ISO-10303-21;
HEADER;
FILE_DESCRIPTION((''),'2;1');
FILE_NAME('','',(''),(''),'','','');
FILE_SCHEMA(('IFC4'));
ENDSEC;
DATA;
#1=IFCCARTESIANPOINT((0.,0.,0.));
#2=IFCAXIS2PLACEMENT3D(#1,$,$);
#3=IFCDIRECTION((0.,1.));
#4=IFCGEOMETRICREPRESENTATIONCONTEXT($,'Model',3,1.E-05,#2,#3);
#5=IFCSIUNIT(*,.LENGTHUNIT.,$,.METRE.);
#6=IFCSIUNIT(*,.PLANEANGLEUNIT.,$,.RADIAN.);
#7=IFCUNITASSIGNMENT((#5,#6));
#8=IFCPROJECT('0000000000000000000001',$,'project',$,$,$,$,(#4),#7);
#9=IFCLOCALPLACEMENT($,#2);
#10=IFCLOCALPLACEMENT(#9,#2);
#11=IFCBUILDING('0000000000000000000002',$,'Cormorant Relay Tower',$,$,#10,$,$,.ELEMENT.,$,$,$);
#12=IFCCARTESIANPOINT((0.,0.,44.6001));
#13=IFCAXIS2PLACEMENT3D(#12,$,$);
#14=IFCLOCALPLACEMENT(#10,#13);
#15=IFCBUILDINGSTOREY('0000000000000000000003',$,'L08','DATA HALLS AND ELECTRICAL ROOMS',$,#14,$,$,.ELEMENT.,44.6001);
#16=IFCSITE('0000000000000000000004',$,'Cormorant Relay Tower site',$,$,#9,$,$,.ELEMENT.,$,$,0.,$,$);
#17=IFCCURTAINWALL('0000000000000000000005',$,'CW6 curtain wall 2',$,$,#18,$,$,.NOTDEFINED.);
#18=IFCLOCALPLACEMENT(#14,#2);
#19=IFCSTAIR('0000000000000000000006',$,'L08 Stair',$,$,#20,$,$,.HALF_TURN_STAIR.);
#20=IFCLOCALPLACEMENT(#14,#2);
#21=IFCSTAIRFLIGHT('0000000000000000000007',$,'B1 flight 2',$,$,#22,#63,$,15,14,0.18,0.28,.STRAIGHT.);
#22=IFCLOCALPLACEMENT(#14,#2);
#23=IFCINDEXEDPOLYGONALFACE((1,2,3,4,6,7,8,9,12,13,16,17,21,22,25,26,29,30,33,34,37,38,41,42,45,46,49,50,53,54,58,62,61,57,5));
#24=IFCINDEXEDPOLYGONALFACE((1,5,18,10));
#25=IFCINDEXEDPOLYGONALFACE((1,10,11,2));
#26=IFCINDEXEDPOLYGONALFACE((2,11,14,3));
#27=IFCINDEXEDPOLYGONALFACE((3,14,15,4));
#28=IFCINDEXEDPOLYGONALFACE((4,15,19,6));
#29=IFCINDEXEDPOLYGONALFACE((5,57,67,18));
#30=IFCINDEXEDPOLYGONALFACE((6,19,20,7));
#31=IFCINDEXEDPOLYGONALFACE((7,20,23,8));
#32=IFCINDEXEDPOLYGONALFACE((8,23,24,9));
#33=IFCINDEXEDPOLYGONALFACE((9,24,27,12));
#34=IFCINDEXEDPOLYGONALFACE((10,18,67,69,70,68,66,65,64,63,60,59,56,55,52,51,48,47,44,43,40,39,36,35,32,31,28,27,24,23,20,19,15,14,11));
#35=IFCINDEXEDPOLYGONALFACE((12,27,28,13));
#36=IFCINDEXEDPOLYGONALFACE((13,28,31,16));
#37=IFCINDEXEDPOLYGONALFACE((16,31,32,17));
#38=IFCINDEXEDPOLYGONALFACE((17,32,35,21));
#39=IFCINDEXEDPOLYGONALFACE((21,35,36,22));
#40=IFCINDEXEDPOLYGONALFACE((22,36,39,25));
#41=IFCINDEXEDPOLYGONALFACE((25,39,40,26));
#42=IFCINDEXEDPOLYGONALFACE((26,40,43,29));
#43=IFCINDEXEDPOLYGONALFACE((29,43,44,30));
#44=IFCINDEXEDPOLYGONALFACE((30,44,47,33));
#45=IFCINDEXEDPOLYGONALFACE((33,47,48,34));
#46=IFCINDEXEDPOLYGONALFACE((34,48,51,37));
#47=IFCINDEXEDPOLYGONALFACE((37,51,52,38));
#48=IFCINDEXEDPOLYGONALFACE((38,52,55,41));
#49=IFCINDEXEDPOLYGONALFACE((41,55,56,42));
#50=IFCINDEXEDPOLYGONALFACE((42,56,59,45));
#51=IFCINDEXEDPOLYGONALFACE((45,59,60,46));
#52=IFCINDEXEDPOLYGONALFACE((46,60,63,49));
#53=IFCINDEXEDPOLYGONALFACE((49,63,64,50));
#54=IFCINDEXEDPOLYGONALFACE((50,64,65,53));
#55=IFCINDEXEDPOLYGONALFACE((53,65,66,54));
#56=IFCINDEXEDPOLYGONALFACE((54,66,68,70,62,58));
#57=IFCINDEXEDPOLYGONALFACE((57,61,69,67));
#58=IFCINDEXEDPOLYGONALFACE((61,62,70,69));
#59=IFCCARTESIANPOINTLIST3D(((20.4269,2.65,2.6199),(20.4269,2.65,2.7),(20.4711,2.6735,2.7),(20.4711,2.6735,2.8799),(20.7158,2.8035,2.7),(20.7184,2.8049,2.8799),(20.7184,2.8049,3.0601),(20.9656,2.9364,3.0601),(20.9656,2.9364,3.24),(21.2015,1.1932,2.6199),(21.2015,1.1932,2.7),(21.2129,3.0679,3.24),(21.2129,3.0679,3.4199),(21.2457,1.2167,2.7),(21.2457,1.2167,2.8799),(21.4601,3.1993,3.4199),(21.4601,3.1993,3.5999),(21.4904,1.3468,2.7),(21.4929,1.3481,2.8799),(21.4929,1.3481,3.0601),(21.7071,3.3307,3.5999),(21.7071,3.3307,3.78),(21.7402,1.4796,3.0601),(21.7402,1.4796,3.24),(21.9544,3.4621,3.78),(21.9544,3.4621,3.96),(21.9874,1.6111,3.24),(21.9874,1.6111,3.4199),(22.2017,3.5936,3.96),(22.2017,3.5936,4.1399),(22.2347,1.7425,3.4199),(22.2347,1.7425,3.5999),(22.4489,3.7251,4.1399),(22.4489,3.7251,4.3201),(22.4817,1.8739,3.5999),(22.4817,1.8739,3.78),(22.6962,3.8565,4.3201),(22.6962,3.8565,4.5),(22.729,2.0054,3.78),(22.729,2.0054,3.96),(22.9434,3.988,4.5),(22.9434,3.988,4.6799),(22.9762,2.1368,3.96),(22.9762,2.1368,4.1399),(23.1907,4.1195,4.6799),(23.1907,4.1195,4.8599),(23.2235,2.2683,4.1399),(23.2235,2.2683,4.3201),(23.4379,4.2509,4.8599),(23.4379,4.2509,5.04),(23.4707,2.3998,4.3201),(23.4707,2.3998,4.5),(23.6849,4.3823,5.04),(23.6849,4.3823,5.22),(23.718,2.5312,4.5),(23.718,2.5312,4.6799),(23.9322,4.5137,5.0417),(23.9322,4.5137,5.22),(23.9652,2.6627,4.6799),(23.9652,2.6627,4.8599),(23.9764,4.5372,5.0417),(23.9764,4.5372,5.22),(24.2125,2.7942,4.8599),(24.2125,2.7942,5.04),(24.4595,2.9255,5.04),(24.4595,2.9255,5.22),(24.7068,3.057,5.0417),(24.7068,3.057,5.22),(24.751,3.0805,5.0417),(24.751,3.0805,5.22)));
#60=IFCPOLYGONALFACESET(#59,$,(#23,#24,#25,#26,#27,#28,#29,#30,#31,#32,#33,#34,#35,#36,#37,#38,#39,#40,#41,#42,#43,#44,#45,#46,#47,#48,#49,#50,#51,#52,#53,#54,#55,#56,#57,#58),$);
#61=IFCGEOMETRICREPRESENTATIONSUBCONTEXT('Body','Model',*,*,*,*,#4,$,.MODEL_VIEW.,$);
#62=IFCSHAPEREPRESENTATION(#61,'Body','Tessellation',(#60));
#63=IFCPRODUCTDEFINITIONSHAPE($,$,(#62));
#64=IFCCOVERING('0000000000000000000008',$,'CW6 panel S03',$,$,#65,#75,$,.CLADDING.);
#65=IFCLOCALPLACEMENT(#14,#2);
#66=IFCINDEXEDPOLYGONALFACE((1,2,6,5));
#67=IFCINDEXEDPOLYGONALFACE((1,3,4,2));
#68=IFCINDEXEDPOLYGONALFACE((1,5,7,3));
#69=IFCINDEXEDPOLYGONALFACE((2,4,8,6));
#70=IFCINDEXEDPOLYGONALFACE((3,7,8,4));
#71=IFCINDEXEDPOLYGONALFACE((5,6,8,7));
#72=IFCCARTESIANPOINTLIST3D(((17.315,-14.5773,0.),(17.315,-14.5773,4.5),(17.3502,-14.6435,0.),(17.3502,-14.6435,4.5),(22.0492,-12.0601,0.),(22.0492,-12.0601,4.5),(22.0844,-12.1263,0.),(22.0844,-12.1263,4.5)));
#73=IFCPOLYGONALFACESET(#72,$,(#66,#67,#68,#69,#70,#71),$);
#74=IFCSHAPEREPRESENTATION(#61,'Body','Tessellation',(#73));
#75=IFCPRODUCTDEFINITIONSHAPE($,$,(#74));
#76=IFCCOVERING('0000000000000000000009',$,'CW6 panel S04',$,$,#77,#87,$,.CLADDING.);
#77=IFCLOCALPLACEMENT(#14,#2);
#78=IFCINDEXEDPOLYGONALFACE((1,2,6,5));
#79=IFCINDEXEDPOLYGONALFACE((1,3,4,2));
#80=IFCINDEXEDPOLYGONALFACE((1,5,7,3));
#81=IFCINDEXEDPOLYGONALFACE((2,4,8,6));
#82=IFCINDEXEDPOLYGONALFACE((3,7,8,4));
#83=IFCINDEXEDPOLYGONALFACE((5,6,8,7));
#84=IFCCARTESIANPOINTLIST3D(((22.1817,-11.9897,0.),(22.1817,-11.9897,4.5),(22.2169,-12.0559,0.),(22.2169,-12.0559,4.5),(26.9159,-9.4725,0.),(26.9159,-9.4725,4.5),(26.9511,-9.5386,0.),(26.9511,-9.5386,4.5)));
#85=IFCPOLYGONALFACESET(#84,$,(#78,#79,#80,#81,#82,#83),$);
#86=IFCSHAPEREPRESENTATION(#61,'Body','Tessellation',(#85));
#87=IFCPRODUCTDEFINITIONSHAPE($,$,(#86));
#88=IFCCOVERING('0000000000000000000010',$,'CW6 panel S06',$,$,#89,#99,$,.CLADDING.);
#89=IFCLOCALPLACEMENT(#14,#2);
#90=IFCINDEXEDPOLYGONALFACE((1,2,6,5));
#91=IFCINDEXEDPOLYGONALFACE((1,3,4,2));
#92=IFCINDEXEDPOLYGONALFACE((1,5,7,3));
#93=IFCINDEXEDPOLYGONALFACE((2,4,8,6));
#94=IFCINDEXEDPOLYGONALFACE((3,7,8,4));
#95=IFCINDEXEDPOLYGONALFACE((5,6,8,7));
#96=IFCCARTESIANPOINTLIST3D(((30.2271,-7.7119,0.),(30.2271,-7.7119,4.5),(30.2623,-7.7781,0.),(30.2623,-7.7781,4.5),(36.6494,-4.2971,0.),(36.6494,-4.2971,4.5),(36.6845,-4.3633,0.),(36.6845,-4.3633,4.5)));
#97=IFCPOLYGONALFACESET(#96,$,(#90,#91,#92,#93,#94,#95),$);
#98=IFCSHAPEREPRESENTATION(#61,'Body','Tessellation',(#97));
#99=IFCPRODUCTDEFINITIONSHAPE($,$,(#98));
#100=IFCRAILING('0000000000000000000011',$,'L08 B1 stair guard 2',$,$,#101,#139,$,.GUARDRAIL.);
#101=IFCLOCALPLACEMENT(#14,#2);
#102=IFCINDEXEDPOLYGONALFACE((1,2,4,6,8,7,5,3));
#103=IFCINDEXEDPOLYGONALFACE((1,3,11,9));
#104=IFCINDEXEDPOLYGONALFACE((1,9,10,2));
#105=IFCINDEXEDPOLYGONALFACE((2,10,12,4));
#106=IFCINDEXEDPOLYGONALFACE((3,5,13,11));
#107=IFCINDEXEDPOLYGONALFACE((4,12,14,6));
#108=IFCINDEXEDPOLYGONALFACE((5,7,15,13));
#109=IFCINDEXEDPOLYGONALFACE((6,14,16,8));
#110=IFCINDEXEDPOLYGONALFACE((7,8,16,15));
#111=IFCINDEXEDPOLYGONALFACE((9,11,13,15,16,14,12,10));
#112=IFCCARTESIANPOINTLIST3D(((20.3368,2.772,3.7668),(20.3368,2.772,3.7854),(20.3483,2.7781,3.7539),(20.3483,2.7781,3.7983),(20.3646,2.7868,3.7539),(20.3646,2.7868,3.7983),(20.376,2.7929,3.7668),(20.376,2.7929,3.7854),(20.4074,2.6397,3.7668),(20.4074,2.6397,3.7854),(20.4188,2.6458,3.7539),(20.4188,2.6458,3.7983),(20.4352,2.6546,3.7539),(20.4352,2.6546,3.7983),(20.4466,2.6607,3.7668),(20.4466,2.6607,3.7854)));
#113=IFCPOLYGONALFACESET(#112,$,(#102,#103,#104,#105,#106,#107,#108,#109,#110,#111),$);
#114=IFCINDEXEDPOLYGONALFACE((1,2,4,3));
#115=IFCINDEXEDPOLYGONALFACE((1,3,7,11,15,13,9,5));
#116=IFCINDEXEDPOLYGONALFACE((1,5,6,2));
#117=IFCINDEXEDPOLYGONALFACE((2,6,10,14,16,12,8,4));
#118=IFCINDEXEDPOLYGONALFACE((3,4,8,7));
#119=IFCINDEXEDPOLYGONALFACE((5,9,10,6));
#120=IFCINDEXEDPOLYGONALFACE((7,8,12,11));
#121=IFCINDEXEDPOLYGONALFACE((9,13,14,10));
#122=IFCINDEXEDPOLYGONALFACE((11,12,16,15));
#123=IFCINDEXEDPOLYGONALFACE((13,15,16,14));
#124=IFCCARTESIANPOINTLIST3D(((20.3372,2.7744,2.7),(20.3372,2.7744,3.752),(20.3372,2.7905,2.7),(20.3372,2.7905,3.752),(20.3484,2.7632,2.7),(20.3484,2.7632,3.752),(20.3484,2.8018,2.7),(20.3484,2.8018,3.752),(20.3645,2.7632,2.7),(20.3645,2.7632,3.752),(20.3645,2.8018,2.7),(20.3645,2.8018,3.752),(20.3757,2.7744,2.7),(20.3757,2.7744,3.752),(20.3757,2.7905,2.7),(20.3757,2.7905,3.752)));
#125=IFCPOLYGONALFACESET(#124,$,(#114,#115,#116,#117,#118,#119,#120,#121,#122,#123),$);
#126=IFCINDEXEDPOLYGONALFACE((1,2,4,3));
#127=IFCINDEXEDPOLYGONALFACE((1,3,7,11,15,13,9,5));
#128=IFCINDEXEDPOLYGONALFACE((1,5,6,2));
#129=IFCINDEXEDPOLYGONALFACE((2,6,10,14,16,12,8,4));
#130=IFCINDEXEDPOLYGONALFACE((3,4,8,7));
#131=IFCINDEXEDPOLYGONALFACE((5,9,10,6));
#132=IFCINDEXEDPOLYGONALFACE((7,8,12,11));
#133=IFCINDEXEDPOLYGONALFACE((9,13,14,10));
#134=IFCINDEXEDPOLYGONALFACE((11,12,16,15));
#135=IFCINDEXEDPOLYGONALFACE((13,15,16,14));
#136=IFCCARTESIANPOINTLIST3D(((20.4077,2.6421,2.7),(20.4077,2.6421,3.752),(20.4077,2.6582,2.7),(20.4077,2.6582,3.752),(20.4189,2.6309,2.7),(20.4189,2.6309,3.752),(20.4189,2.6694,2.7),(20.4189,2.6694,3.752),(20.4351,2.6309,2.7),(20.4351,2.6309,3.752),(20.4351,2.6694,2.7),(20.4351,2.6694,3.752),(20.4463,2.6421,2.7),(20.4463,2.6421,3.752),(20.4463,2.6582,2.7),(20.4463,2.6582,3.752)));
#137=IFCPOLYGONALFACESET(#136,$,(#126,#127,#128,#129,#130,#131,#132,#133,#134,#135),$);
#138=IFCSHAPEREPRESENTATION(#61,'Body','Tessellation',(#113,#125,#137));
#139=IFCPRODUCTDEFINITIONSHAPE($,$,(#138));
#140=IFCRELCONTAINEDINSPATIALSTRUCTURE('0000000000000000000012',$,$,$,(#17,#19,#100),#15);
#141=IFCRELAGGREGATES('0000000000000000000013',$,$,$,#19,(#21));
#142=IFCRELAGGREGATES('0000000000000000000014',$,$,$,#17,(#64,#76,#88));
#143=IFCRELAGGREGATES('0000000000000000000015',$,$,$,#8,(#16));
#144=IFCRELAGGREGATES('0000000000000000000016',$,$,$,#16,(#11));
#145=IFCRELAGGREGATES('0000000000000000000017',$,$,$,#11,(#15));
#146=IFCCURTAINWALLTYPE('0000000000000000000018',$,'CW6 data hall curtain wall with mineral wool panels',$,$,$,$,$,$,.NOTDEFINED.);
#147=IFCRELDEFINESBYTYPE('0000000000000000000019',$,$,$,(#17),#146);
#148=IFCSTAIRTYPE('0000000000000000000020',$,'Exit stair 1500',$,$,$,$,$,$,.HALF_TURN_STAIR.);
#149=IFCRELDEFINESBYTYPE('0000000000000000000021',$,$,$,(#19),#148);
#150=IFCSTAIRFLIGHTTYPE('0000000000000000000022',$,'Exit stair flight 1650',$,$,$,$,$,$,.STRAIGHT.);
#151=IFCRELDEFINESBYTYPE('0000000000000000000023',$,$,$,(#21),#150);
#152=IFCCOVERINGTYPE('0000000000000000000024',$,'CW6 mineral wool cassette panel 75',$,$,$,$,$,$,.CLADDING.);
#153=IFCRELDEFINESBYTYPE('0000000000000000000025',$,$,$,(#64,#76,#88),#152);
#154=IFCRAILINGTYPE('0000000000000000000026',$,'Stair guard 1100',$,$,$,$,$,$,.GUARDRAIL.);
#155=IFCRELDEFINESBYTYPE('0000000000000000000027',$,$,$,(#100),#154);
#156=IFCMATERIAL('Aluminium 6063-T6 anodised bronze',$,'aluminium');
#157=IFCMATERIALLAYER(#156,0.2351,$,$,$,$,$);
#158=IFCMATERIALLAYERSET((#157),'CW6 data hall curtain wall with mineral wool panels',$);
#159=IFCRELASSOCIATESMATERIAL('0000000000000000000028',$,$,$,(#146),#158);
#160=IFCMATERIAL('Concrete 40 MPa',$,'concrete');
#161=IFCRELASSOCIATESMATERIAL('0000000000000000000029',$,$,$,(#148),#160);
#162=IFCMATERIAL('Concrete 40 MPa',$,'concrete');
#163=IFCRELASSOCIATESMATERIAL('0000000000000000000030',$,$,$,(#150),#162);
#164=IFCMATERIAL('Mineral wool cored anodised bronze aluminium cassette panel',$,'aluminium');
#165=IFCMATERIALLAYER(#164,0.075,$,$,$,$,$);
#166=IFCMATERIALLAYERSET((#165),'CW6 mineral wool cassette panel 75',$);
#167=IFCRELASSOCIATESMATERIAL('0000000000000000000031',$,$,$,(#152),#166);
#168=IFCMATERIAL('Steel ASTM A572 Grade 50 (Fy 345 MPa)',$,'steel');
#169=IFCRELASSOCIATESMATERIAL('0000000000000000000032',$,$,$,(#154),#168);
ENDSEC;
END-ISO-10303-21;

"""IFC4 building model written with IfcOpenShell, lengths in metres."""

from ifc_helpers import new_model, si_unit, direction, frame, origin, origin_2d, place, context, subcontext, project, spatial, polyline, rectangle, outline, extrude, material, layer, layer_set, type_object, element, aggregate, save


model = new_model("IFC4")

# Units and contexts
model_context = context("Model", 3, precision=1e-05, world=origin(), true_north=direction((0.0, 1.0)))
body_context = subcontext(model_context, "Body", "Model", "MODEL_VIEW")
ifc_project = project(units=[si_unit("LENGTHUNIT", "METRE"), si_unit("PLANEANGLEUNIT", "RADIAN")], contexts=[model_context])

# Site, building, storey
site_placement = place(None, origin())
site = spatial("IfcSite", under=ifc_project, at=site_placement, Name="Cormorant Relay Tower site", CompositionType="ELEMENT", RefElevation=0.0)
building_placement = place(site_placement, origin())
building = spatial("IfcBuilding", under=site, at=building_placement, Name="Cormorant Relay Tower", CompositionType="ELEMENT")
storey_placement = place(building_placement, frame((0.0, 0.0, 44.6001)))
storey = spatial("IfcBuildingStorey", under=building, at=storey_placement, Name="L08", Description="DATA HALLS AND ELECTRICAL ROOMS", CompositionType="ELEMENT", Elevation=44.6001)

# Curtain wall
ifc_material_1 = material(Name="Aluminium 6063-T6 anodised bronze", Category="aluminium")
ifc_layer_1 = layer(ifc_material_1, 0.2351)
ifc_layer_set_1 = layer_set([ifc_layer_1], Name="CW6 data hall curtain wall with mineral wool panels")
curtain_wall_type = type_object("IfcCurtainWallType", Name="CW6 data hall curtain wall with mineral wool panels", PredefinedType="NOTDEFINED", material=ifc_layer_set_1)
curtain_wall_placement = place(storey_placement, origin())
curtain_wall = element("IfcCurtainWall", 1, at=curtain_wall_placement, inside=storey, type_object=curtain_wall_type, Name="CW6 curtain wall 2", PredefinedType="NOTDEFINED")

# Stair, stair flight
ifc_material_2 = material(Name="Concrete 40 MPa", Category="concrete")
stair_type = type_object("IfcStairType", Name="Exit stair 1500", PredefinedType="HALF_TURN_STAIR", material=ifc_material_2)
stair_placement = place(storey_placement, origin())
stair = element("IfcStair", 2, at=stair_placement, inside=storey, type_object=stair_type, Name="L08 Stair", PredefinedType="HALF_TURN_STAIR")
ifc_material_3 = material(Name="Concrete 40 MPa", Category="concrete")
stair_flight_type = type_object("IfcStairFlightType", Name="Exit stair flight 1650", PredefinedType="STRAIGHT", material=ifc_material_3)
stair_flight_placement = place(storey_placement, frame((20.8584, 1.9451, 2.7), z_axis=(0.0, 0.0, 1.0), x_axis=(0.882948, 0.469472, 0.0)))
stair_flight = element("IfcStairFlight", 3, at=stair_flight_placement, type_object=stair_flight_type, Name="B1 flight 2", NumberOfRisers=15, NumberOfTreads=14, PredefinedType="STRAIGHT", RiserHeight=0.18, TreadLength=0.28, context=body_context, shape_type="SweptSolid", body=[
    extrude(outline(polyline([(-0.05, -0.0801), (-0.05, 0.0), (0.0, 0.0), (0.0, 0.1799), (0.28, 0.1799), (0.28, 0.3601), (0.5601, 0.3601), (0.5601, 0.54), (0.8401, 0.54), (0.8401, 0.72), (1.1201, 0.72), (1.1201, 0.8999), (1.3999, 0.8999), (1.3999, 1.0801), (1.6799, 1.0801), (1.6799, 1.26), (1.96, 1.26), (1.96, 1.4399), (2.24, 1.4399), (2.24, 1.6201), (2.52, 1.6201), (2.52, 1.8), (2.8, 1.8), (2.8, 1.98), (3.0801, 1.98), (3.0801, 2.1599), (3.3601, 2.1599), (3.3601, 2.3401), (3.6399, 2.3401), (3.6399, 2.52), (3.9199, 2.52), (3.97, 2.52), (3.97, 2.3418), (3.9199, 2.3418), (0.2771, 0.0), (-0.05, -0.0801)])), frame((0.0, 0.825, 0.0), z_axis=(0.0, -1.0, 0.0), x_axis=(1.0, 0.0, 0.0)), (0.0, 0.0, 1.0), 1.6499),
])
aggregate(stair, [stair_flight])

# Coverings
ifc_material_4 = material(Name="Mineral wool cored anodised bronze aluminium cassette panel", Category="aluminium")
ifc_layer_2 = layer(ifc_material_4, 0.075)
ifc_layer_set_2 = layer_set([ifc_layer_2], Name="CW6 mineral wool cassette panel 75")
covering_type = type_object("IfcCoveringType", Name="CW6 mineral wool cassette panel 75", PredefinedType="CLADDING", material=ifc_layer_set_2)
covering_1_placement = place(storey_placement, frame((19.6997, -13.3518, 0.0), z_axis=(0.0, 0.0, 1.0), x_axis=(0.882948, 0.469472, 0.0)))
covering_1 = element("IfcCovering", 4, at=covering_1_placement, type_object=covering_type, Name="CW6 panel S03", PredefinedType="CLADDING", context=body_context, shape_type="SweptSolid", body=[
    extrude(rectangle(XDim=5.3618, YDim=0.075, at=origin_2d()), origin(), (0.0, 0.0, 1.0), 4.5),
])
covering_2_placement = place(storey_placement, frame((24.5664, -10.7642, 0.0), z_axis=(0.0, 0.0, 1.0), x_axis=(0.882948, 0.469472, 0.0)))
covering_2 = element("IfcCovering", 5, at=covering_2_placement, type_object=covering_type, Name="CW6 panel S04", PredefinedType="CLADDING", context=body_context, shape_type="SweptSolid", body=[
    extrude(rectangle(XDim=5.3618, YDim=0.075, at=origin_2d()), origin(), (0.0, 0.0, 1.0), 4.5),
])
covering_3_placement = place(storey_placement, frame((33.4558, -6.0376, 0.0), z_axis=(0.0, 0.0, 1.0), x_axis=(0.882948, 0.469472, 0.0)))
covering_3 = element("IfcCovering", 6, at=covering_3_placement, type_object=covering_type, Name="CW6 panel S06", PredefinedType="CLADDING", context=body_context, shape_type="SweptSolid", body=[
    extrude(rectangle(XDim=7.2737, YDim=0.075, at=origin_2d()), origin(), (0.0, 0.0, 1.0), 4.5),
])
aggregate(curtain_wall, [covering_1, covering_2, covering_3])

# Railing
ifc_material_5 = material(Name="Steel ASTM A572 Grade 50 (Fy 345 MPa)", Category="steel")
railing_type_1 = type_object("IfcRailingType", Name="Stair guard 1100", PredefinedType="GUARDRAIL", material=ifc_material_5)
railing_1_placement = place(storey_placement, frame((20.3564, 2.7825, 2.7)))
element("IfcRailing", 7, at=railing_1_placement, inside=storey, type_object=railing_type_1, Name="L08 B1 stair guard 2", PredefinedType="GUARDRAIL", context=body_context, shape_type="SweptSolid", body=[
    extrude(outline(polyline([(0.0222, 0.0093), (0.0093, 0.0222), (-0.0093, 0.0222), (-0.0222, 0.0093), (-0.0222, -0.0093), (-0.0093, -0.0222), (0.0093, -0.0222), (0.0222, -0.0093), (0.0222, 0.0093)])), frame((0.0, 0.0, 1.0762), z_axis=(0.470504, -0.882398, 0.0), x_axis=(0.882398, 0.470504, 0.0)), (0.0, 0.0, 1.0), 0.1499),
    extrude(outline(polyline([(0.0193, 0.0081), (0.0081, 0.0193), (-0.0081, 0.0193), (-0.0193, 0.0081), (-0.0193, -0.0081), (-0.0081, -0.0193), (0.0081, -0.0193), (0.0193, -0.0081), (0.0193, 0.0081)])), origin(), (0.0, 0.0, 1.0), 1.052),
    extrude(outline(polyline([(0.0193, 0.0081), (0.0081, 0.0193), (-0.0081, 0.0193), (-0.0193, 0.0081), (-0.0193, -0.0081), (-0.0081, -0.0193), (0.0081, -0.0193), (0.0193, -0.0081), (0.0193, 0.0081)])), frame((0.0706, -0.1323, 0.0)), (0.0, 0.0, 1.0), 1.052),
])

save(model, "model.ifc")
